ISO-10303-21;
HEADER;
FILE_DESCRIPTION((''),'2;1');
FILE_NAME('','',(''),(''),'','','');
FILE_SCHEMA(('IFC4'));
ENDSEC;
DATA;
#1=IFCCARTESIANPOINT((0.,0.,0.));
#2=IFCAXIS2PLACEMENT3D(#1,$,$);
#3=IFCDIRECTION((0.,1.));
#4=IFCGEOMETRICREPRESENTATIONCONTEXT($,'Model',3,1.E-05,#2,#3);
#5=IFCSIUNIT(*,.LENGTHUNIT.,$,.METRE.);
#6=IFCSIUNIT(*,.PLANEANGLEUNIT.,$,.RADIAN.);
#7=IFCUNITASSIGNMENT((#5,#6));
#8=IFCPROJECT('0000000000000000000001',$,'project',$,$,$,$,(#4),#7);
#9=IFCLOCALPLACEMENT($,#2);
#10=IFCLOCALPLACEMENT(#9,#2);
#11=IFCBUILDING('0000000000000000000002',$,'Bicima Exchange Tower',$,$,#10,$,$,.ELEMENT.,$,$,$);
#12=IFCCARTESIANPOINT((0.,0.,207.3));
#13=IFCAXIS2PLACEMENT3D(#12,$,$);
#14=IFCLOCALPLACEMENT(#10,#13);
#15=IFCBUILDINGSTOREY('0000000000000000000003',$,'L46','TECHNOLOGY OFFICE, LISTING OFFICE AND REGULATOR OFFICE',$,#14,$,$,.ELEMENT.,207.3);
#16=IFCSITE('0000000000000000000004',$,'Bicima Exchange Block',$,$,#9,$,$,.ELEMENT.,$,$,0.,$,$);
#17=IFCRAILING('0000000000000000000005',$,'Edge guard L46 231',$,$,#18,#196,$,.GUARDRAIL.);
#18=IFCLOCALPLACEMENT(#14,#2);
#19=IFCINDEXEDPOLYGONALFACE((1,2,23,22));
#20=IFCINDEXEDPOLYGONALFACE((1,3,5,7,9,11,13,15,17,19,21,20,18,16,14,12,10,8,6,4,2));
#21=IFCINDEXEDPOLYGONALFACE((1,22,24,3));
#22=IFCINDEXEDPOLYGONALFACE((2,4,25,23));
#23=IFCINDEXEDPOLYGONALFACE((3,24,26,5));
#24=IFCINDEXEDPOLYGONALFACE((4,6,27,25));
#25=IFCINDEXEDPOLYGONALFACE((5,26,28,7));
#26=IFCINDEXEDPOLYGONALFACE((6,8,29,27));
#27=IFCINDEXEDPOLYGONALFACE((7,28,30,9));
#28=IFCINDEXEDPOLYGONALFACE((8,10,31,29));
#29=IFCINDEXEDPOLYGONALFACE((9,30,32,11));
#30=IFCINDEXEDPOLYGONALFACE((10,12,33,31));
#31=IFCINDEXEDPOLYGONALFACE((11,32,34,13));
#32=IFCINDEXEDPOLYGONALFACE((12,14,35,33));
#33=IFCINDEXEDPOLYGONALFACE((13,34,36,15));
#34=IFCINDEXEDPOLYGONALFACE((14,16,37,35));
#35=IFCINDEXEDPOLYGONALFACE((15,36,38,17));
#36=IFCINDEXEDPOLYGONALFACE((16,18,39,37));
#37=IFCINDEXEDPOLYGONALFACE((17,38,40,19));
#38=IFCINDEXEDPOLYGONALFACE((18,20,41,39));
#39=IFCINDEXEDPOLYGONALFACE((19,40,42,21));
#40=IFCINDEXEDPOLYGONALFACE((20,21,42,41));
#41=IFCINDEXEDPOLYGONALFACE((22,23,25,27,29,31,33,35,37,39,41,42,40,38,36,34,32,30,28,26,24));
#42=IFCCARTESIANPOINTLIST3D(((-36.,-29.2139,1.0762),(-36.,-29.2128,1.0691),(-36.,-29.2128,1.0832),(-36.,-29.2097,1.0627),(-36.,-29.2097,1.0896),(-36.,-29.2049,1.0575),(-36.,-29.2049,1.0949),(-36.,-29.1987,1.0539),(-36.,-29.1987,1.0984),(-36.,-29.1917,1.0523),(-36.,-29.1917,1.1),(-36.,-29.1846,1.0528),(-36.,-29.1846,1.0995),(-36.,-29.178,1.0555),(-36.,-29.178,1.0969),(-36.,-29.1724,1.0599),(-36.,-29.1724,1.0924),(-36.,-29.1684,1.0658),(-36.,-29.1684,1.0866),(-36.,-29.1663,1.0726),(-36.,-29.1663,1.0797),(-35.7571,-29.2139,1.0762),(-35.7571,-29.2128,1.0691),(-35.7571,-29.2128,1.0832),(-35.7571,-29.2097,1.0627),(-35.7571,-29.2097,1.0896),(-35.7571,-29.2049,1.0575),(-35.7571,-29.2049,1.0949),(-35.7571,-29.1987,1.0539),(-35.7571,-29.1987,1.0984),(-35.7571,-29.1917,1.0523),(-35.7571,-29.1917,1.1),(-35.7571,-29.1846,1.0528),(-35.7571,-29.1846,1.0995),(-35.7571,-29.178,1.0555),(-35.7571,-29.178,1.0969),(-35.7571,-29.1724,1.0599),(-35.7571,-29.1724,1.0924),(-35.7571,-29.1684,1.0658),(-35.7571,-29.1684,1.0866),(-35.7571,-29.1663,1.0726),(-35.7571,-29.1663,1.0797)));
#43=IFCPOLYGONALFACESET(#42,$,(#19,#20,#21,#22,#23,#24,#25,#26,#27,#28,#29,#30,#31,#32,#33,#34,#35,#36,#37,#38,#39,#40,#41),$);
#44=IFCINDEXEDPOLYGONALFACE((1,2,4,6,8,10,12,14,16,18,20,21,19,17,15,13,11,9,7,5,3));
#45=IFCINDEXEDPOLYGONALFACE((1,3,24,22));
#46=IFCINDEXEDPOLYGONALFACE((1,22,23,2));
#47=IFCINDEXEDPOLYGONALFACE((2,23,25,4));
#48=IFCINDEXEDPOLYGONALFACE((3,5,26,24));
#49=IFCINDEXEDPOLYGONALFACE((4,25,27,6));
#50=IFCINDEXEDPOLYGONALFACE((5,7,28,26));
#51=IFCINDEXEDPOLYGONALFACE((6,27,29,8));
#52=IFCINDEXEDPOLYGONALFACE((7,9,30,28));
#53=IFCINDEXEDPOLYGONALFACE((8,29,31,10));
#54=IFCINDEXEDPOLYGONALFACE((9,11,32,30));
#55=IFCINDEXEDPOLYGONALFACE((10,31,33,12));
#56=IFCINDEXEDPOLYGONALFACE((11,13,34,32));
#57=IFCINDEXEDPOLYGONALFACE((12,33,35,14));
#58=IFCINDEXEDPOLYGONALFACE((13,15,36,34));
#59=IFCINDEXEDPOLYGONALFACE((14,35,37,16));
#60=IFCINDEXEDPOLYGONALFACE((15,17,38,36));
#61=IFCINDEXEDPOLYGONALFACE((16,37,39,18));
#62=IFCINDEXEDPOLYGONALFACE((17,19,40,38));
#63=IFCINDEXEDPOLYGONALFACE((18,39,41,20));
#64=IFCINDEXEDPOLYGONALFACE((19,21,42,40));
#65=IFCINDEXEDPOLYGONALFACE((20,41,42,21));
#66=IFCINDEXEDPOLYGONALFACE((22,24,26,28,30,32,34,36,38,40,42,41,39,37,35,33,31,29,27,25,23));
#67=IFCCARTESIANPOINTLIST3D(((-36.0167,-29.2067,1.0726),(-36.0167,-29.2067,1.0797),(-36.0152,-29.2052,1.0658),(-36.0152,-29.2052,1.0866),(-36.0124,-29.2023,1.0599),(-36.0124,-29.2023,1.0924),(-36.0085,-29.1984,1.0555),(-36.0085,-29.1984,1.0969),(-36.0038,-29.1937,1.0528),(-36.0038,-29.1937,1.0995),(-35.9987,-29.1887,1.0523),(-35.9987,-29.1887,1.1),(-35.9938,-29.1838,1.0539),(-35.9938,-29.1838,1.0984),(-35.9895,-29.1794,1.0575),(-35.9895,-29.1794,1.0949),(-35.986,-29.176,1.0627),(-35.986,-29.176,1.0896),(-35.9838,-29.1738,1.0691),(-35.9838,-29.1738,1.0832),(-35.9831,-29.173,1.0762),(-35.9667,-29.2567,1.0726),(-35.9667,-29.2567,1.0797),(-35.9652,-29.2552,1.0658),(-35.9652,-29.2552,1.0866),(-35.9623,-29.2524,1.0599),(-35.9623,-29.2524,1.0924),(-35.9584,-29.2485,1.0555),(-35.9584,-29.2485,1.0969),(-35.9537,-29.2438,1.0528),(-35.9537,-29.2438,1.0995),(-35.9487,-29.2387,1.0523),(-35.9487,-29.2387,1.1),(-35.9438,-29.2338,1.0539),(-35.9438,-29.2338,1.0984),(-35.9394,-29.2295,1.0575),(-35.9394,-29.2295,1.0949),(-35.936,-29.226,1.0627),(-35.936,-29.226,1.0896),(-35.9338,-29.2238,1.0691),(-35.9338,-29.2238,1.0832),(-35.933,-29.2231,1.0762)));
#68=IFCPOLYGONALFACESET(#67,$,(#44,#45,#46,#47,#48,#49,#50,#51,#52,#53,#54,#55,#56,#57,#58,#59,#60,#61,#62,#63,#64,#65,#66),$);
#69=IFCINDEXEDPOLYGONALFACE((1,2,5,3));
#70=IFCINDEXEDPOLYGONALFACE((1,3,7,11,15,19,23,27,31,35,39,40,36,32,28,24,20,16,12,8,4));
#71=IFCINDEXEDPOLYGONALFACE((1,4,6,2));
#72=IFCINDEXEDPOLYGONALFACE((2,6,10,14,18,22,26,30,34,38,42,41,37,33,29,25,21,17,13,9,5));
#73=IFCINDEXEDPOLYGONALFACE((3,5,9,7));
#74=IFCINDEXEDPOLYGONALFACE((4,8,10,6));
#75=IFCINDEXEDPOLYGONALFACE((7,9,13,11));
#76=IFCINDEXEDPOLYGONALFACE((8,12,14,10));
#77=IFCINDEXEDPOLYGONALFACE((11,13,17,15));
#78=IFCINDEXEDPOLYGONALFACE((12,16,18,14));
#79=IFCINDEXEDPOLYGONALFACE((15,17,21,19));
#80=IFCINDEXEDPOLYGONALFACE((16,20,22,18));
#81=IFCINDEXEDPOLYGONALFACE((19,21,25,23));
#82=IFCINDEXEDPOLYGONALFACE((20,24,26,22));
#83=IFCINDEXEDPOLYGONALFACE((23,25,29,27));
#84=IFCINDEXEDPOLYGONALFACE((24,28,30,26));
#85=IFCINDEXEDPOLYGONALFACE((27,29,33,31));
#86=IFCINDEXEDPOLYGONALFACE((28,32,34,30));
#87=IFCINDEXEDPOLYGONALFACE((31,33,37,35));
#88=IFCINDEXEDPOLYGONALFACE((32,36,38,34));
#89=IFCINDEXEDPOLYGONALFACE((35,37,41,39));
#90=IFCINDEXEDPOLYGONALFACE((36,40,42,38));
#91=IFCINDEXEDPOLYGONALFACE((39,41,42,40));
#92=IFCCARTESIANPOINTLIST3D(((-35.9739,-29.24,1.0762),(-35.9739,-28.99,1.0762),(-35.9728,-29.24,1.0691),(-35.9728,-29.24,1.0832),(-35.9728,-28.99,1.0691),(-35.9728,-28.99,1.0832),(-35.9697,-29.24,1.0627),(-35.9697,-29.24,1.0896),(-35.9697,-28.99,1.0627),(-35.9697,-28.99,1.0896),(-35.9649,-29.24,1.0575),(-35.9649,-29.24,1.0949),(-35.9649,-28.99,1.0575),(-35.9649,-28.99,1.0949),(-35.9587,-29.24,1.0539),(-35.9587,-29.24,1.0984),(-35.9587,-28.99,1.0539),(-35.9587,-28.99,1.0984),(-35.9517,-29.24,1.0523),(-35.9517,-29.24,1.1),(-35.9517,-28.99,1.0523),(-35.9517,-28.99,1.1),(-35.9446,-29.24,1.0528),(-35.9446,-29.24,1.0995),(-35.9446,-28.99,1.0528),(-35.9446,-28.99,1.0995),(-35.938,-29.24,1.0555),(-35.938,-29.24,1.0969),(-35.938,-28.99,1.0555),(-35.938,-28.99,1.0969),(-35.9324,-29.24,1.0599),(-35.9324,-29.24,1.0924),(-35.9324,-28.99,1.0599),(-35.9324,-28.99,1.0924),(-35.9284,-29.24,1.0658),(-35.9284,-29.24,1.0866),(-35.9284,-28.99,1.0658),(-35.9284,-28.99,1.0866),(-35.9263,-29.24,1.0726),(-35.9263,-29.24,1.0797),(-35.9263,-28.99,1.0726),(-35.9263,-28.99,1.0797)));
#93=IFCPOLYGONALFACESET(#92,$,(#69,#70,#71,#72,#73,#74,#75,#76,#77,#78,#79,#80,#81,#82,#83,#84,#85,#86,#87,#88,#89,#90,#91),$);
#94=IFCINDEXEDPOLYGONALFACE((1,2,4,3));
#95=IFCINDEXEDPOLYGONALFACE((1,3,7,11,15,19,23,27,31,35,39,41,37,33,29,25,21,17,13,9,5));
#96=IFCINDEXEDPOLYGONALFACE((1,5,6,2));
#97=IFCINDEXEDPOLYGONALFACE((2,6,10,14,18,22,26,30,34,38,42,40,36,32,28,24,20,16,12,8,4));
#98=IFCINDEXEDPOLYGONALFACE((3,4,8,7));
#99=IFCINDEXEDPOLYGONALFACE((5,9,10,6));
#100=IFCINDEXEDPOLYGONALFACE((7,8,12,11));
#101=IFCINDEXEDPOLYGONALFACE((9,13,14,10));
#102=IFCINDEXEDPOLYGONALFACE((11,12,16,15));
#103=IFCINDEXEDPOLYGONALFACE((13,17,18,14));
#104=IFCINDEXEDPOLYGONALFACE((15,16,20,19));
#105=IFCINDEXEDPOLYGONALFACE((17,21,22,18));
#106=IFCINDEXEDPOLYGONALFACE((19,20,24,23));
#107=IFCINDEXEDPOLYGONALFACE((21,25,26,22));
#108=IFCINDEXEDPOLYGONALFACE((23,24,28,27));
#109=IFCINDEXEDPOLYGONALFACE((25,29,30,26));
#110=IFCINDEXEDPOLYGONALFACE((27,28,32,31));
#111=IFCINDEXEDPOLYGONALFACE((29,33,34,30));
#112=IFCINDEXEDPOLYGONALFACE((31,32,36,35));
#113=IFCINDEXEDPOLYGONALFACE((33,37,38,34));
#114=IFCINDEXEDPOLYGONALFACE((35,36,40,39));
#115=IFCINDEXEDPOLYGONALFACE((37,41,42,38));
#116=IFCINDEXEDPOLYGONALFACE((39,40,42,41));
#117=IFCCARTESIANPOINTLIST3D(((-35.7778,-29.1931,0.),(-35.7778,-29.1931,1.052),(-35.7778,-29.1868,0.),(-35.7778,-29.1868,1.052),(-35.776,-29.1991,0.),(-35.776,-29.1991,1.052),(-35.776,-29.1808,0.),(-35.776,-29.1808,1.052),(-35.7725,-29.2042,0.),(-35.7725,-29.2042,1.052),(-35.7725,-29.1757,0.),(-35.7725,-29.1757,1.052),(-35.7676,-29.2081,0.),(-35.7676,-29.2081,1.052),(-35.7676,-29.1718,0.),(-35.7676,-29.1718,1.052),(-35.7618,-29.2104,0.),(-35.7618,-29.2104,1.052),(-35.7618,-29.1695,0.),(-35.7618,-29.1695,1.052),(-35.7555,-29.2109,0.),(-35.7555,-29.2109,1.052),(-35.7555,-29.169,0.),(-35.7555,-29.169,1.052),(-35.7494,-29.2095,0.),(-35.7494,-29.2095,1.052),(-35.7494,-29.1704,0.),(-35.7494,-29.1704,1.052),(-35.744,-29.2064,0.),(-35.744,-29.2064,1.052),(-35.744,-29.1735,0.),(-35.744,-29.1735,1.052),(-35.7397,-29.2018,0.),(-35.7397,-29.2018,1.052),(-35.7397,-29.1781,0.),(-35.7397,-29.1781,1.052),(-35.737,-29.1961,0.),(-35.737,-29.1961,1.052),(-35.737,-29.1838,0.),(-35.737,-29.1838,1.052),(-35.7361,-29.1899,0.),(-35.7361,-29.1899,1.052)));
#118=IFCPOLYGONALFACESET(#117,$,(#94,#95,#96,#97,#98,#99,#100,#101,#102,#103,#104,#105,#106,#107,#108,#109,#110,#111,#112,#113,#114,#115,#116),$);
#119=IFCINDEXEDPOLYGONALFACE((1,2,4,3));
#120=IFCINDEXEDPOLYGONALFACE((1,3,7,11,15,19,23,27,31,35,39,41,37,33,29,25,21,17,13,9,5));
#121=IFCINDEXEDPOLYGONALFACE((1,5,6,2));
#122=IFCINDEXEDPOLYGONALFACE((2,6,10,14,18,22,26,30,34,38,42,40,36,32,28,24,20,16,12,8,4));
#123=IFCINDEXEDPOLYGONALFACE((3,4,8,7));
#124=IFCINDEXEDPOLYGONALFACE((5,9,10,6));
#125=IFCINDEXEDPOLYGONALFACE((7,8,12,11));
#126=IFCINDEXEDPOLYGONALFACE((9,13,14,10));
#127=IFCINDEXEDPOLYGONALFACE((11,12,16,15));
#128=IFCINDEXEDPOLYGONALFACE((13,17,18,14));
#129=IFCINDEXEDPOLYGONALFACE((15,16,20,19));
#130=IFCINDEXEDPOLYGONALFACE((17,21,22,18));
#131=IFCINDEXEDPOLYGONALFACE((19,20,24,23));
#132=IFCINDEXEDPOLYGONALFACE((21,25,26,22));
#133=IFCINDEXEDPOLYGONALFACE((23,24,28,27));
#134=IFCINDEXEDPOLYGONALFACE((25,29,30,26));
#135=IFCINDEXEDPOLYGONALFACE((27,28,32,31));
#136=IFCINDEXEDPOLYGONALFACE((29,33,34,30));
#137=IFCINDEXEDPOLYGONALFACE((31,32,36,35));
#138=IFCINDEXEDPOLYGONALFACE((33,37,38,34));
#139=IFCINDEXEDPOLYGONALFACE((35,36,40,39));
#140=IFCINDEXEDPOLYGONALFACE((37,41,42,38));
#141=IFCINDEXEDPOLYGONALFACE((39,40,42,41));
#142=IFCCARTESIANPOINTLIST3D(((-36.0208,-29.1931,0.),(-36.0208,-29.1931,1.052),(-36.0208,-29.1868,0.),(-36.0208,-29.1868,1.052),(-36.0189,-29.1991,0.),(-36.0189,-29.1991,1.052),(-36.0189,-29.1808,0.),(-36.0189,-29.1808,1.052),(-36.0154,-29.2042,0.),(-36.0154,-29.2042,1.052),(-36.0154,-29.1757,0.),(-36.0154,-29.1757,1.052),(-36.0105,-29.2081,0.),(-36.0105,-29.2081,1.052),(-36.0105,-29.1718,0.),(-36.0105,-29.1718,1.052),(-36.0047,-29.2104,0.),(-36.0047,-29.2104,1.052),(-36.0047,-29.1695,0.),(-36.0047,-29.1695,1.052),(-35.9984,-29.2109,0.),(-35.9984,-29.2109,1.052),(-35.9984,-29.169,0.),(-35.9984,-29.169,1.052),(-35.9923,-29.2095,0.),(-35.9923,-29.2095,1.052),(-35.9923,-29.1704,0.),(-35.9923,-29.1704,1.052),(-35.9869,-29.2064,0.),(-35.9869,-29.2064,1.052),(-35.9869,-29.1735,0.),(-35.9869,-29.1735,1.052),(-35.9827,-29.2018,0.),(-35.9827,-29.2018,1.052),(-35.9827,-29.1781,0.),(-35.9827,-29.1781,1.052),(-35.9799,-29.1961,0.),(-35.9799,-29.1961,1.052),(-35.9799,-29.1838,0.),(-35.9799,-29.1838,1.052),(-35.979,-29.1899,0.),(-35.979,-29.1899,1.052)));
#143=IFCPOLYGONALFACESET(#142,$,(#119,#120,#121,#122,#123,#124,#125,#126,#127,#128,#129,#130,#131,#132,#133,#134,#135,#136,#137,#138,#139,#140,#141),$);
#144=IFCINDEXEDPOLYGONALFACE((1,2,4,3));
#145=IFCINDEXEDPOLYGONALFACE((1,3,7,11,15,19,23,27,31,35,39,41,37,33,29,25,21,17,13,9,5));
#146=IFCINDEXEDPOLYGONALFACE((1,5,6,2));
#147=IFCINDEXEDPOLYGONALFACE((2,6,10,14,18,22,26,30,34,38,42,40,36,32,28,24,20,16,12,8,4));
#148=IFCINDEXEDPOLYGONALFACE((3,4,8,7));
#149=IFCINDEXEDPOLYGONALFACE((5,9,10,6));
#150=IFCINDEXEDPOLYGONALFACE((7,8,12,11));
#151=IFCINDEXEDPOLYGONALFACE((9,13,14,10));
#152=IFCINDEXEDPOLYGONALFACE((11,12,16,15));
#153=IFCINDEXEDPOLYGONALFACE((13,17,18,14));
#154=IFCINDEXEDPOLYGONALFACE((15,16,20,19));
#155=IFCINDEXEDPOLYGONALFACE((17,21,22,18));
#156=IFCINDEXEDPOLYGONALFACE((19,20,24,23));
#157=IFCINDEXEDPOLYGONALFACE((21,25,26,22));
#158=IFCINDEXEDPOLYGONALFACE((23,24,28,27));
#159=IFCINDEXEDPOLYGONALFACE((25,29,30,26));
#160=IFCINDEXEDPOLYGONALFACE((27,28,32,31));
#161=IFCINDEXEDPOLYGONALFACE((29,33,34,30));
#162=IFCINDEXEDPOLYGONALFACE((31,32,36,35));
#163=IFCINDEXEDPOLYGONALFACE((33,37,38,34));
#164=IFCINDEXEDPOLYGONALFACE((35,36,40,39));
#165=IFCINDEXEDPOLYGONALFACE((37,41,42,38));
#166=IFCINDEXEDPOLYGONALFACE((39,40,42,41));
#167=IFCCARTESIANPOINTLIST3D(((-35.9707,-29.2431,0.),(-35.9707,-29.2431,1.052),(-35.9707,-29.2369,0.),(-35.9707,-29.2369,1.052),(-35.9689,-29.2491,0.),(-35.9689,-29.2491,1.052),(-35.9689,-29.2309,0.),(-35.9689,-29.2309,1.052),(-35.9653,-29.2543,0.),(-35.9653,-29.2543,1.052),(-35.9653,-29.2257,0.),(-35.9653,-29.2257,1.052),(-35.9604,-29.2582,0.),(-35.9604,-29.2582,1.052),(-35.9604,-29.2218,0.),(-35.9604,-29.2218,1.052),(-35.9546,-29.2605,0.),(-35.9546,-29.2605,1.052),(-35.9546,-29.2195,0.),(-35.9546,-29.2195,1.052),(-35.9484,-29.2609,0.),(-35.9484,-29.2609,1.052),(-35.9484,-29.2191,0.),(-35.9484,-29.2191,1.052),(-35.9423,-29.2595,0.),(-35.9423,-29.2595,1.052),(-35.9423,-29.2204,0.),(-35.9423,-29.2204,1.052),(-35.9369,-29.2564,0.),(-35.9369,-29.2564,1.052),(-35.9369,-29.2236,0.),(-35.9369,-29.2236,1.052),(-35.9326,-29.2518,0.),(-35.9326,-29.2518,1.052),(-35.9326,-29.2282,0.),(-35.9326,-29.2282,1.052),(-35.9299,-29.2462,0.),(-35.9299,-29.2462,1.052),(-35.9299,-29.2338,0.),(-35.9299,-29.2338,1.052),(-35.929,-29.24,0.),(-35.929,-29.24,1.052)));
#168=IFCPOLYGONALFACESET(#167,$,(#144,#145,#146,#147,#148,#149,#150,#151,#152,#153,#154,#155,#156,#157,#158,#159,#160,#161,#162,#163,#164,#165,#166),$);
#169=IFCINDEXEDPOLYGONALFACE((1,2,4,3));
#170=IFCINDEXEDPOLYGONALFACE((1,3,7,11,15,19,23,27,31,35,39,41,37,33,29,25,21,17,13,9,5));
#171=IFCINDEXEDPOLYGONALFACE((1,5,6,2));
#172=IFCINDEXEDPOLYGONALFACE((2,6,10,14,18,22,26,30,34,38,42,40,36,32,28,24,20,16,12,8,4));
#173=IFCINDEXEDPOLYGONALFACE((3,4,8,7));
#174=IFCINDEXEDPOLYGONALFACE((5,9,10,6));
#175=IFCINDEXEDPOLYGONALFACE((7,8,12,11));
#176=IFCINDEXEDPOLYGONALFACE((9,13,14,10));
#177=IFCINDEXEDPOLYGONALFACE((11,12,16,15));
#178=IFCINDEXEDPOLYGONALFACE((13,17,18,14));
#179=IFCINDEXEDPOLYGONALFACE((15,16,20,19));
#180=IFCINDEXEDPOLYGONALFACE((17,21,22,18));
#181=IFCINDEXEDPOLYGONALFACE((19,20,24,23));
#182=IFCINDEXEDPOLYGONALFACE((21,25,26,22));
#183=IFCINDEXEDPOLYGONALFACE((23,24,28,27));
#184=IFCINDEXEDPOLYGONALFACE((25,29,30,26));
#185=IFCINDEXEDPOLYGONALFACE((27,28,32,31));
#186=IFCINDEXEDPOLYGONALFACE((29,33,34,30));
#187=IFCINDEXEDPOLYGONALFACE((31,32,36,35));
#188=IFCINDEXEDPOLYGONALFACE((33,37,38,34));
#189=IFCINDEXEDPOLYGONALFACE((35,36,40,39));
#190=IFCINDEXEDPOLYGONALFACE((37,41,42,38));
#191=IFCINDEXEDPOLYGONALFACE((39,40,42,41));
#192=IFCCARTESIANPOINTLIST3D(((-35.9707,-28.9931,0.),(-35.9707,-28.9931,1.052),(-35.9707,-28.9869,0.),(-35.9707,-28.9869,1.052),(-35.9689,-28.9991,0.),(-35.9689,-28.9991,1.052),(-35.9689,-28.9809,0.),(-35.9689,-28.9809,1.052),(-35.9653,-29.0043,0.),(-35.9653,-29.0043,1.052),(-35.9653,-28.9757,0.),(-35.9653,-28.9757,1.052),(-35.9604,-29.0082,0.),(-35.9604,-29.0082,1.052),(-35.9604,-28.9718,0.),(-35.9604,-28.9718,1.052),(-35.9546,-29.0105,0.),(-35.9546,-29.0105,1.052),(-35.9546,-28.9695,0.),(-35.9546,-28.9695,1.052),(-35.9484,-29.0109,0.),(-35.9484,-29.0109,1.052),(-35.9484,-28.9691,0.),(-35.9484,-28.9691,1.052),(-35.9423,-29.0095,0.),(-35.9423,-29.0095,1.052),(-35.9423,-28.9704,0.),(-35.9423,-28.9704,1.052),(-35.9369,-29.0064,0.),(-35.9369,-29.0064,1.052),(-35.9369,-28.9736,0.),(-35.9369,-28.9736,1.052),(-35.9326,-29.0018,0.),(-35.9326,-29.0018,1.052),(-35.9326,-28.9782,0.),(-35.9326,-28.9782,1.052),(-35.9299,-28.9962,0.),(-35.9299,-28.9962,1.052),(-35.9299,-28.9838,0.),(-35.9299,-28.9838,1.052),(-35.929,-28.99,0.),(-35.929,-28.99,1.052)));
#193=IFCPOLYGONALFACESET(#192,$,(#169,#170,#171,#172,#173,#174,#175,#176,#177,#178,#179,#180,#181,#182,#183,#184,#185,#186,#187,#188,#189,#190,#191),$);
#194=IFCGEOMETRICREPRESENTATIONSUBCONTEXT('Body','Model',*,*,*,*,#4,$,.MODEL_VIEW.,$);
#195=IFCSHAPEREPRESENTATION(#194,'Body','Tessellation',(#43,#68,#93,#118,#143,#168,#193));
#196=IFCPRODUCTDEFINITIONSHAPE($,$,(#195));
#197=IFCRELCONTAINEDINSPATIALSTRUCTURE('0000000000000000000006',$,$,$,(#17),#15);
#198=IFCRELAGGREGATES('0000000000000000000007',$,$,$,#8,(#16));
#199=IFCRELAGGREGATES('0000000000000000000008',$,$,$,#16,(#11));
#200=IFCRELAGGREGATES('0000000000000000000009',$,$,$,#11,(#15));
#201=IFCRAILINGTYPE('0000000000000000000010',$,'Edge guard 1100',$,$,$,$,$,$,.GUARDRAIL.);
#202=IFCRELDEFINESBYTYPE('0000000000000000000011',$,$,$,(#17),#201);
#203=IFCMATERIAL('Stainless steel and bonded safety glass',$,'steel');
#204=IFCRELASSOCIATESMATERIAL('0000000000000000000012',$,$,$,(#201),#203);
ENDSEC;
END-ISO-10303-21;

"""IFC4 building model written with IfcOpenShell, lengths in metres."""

from ifc_helpers import new_model, si_unit, direction, frame, origin, origin_2d, place, context, subcontext, project, spatial, circle, extrude, material, type_object, element, save


model = new_model("IFC4")

# Units and contexts
model_context = context("Model", 3, precision=1e-05, world=origin(), true_north=direction((0.0, 1.0)))
body_context = subcontext(model_context, "Body", "Model", "MODEL_VIEW")
ifc_project = project(units=[si_unit("LENGTHUNIT", "METRE"), si_unit("PLANEANGLEUNIT", "RADIAN")], contexts=[model_context])

# Site, building, storey
site_placement = place(None, origin())
site = spatial("IfcSite", under=ifc_project, at=site_placement, Name="Bicima Exchange Block", CompositionType="ELEMENT", RefElevation=0.0)
building_placement = place(site_placement, origin())
building = spatial("IfcBuilding", under=site, at=building_placement, Name="Bicima Exchange Tower", CompositionType="ELEMENT")
storey_placement = place(building_placement, frame((0.0, 0.0, 207.3)))
storey = spatial("IfcBuildingStorey", under=building, at=storey_placement, Name="L46", Description="TECHNOLOGY OFFICE, LISTING OFFICE AND REGULATOR OFFICE", CompositionType="ELEMENT", Elevation=207.3)

# Railing
ifc_material_1 = material(Name="Stainless steel and bonded safety glass", Category="steel")
railing_type = type_object("IfcRailingType", Name="Edge guard 1100", PredefinedType="GUARDRAIL", material=ifc_material_1)
railing_1_placement = place(storey_placement, frame((-35.7571, -29.1899, 0.0)))
element("IfcRailing", 1, at=railing_1_placement, inside=storey, type_object=railing_type, Name="Edge guard L46 231", PredefinedType="GUARDRAIL", context=body_context, shape_type="SweptSolid", body=[
    extrude(circle(Radius=0.0239, at=origin_2d()), frame((0.0, 0.0, 1.0762), z_axis=(-1.0, 0.0, 0.0), x_axis=(0.0, -1.0, 0.0)), (0.0, 0.0, 1.0), 0.2429),
    extrude(circle(Radius=0.0239, at=origin_2d()), frame((-0.2429, 0.0, 1.0762), z_axis=(0.707107, -0.707107, 0.0), x_axis=(0.707107, 0.707107, 0.0)), (0.0, 0.0, 1.0), 0.0708),
    extrude(circle(Radius=0.0239, at=origin_2d()), frame((-0.1929, -0.05, 1.0762), z_axis=(0.0, 1.0, 0.0), x_axis=(-1.0, 0.0, 0.0)), (0.0, 0.0, 1.0), 0.25),
    extrude(circle(Radius=0.021, at=origin_2d()), origin(), (0.0, 0.0, 1.0), 1.052),
    extrude(circle(Radius=0.021, at=origin_2d()), frame((-0.2429, 0.0, 0.0)), (0.0, 0.0, 1.0), 1.052),
    extrude(circle(Radius=0.021, at=origin_2d()), frame((-0.1929, -0.05, 0.0)), (0.0, 0.0, 1.0), 1.052),
    extrude(circle(Radius=0.021, at=origin_2d()), frame((-0.1929, 0.2, 0.0)), (0.0, 0.0, 1.0), 1.052),
])

save(model, "model.ifc")
